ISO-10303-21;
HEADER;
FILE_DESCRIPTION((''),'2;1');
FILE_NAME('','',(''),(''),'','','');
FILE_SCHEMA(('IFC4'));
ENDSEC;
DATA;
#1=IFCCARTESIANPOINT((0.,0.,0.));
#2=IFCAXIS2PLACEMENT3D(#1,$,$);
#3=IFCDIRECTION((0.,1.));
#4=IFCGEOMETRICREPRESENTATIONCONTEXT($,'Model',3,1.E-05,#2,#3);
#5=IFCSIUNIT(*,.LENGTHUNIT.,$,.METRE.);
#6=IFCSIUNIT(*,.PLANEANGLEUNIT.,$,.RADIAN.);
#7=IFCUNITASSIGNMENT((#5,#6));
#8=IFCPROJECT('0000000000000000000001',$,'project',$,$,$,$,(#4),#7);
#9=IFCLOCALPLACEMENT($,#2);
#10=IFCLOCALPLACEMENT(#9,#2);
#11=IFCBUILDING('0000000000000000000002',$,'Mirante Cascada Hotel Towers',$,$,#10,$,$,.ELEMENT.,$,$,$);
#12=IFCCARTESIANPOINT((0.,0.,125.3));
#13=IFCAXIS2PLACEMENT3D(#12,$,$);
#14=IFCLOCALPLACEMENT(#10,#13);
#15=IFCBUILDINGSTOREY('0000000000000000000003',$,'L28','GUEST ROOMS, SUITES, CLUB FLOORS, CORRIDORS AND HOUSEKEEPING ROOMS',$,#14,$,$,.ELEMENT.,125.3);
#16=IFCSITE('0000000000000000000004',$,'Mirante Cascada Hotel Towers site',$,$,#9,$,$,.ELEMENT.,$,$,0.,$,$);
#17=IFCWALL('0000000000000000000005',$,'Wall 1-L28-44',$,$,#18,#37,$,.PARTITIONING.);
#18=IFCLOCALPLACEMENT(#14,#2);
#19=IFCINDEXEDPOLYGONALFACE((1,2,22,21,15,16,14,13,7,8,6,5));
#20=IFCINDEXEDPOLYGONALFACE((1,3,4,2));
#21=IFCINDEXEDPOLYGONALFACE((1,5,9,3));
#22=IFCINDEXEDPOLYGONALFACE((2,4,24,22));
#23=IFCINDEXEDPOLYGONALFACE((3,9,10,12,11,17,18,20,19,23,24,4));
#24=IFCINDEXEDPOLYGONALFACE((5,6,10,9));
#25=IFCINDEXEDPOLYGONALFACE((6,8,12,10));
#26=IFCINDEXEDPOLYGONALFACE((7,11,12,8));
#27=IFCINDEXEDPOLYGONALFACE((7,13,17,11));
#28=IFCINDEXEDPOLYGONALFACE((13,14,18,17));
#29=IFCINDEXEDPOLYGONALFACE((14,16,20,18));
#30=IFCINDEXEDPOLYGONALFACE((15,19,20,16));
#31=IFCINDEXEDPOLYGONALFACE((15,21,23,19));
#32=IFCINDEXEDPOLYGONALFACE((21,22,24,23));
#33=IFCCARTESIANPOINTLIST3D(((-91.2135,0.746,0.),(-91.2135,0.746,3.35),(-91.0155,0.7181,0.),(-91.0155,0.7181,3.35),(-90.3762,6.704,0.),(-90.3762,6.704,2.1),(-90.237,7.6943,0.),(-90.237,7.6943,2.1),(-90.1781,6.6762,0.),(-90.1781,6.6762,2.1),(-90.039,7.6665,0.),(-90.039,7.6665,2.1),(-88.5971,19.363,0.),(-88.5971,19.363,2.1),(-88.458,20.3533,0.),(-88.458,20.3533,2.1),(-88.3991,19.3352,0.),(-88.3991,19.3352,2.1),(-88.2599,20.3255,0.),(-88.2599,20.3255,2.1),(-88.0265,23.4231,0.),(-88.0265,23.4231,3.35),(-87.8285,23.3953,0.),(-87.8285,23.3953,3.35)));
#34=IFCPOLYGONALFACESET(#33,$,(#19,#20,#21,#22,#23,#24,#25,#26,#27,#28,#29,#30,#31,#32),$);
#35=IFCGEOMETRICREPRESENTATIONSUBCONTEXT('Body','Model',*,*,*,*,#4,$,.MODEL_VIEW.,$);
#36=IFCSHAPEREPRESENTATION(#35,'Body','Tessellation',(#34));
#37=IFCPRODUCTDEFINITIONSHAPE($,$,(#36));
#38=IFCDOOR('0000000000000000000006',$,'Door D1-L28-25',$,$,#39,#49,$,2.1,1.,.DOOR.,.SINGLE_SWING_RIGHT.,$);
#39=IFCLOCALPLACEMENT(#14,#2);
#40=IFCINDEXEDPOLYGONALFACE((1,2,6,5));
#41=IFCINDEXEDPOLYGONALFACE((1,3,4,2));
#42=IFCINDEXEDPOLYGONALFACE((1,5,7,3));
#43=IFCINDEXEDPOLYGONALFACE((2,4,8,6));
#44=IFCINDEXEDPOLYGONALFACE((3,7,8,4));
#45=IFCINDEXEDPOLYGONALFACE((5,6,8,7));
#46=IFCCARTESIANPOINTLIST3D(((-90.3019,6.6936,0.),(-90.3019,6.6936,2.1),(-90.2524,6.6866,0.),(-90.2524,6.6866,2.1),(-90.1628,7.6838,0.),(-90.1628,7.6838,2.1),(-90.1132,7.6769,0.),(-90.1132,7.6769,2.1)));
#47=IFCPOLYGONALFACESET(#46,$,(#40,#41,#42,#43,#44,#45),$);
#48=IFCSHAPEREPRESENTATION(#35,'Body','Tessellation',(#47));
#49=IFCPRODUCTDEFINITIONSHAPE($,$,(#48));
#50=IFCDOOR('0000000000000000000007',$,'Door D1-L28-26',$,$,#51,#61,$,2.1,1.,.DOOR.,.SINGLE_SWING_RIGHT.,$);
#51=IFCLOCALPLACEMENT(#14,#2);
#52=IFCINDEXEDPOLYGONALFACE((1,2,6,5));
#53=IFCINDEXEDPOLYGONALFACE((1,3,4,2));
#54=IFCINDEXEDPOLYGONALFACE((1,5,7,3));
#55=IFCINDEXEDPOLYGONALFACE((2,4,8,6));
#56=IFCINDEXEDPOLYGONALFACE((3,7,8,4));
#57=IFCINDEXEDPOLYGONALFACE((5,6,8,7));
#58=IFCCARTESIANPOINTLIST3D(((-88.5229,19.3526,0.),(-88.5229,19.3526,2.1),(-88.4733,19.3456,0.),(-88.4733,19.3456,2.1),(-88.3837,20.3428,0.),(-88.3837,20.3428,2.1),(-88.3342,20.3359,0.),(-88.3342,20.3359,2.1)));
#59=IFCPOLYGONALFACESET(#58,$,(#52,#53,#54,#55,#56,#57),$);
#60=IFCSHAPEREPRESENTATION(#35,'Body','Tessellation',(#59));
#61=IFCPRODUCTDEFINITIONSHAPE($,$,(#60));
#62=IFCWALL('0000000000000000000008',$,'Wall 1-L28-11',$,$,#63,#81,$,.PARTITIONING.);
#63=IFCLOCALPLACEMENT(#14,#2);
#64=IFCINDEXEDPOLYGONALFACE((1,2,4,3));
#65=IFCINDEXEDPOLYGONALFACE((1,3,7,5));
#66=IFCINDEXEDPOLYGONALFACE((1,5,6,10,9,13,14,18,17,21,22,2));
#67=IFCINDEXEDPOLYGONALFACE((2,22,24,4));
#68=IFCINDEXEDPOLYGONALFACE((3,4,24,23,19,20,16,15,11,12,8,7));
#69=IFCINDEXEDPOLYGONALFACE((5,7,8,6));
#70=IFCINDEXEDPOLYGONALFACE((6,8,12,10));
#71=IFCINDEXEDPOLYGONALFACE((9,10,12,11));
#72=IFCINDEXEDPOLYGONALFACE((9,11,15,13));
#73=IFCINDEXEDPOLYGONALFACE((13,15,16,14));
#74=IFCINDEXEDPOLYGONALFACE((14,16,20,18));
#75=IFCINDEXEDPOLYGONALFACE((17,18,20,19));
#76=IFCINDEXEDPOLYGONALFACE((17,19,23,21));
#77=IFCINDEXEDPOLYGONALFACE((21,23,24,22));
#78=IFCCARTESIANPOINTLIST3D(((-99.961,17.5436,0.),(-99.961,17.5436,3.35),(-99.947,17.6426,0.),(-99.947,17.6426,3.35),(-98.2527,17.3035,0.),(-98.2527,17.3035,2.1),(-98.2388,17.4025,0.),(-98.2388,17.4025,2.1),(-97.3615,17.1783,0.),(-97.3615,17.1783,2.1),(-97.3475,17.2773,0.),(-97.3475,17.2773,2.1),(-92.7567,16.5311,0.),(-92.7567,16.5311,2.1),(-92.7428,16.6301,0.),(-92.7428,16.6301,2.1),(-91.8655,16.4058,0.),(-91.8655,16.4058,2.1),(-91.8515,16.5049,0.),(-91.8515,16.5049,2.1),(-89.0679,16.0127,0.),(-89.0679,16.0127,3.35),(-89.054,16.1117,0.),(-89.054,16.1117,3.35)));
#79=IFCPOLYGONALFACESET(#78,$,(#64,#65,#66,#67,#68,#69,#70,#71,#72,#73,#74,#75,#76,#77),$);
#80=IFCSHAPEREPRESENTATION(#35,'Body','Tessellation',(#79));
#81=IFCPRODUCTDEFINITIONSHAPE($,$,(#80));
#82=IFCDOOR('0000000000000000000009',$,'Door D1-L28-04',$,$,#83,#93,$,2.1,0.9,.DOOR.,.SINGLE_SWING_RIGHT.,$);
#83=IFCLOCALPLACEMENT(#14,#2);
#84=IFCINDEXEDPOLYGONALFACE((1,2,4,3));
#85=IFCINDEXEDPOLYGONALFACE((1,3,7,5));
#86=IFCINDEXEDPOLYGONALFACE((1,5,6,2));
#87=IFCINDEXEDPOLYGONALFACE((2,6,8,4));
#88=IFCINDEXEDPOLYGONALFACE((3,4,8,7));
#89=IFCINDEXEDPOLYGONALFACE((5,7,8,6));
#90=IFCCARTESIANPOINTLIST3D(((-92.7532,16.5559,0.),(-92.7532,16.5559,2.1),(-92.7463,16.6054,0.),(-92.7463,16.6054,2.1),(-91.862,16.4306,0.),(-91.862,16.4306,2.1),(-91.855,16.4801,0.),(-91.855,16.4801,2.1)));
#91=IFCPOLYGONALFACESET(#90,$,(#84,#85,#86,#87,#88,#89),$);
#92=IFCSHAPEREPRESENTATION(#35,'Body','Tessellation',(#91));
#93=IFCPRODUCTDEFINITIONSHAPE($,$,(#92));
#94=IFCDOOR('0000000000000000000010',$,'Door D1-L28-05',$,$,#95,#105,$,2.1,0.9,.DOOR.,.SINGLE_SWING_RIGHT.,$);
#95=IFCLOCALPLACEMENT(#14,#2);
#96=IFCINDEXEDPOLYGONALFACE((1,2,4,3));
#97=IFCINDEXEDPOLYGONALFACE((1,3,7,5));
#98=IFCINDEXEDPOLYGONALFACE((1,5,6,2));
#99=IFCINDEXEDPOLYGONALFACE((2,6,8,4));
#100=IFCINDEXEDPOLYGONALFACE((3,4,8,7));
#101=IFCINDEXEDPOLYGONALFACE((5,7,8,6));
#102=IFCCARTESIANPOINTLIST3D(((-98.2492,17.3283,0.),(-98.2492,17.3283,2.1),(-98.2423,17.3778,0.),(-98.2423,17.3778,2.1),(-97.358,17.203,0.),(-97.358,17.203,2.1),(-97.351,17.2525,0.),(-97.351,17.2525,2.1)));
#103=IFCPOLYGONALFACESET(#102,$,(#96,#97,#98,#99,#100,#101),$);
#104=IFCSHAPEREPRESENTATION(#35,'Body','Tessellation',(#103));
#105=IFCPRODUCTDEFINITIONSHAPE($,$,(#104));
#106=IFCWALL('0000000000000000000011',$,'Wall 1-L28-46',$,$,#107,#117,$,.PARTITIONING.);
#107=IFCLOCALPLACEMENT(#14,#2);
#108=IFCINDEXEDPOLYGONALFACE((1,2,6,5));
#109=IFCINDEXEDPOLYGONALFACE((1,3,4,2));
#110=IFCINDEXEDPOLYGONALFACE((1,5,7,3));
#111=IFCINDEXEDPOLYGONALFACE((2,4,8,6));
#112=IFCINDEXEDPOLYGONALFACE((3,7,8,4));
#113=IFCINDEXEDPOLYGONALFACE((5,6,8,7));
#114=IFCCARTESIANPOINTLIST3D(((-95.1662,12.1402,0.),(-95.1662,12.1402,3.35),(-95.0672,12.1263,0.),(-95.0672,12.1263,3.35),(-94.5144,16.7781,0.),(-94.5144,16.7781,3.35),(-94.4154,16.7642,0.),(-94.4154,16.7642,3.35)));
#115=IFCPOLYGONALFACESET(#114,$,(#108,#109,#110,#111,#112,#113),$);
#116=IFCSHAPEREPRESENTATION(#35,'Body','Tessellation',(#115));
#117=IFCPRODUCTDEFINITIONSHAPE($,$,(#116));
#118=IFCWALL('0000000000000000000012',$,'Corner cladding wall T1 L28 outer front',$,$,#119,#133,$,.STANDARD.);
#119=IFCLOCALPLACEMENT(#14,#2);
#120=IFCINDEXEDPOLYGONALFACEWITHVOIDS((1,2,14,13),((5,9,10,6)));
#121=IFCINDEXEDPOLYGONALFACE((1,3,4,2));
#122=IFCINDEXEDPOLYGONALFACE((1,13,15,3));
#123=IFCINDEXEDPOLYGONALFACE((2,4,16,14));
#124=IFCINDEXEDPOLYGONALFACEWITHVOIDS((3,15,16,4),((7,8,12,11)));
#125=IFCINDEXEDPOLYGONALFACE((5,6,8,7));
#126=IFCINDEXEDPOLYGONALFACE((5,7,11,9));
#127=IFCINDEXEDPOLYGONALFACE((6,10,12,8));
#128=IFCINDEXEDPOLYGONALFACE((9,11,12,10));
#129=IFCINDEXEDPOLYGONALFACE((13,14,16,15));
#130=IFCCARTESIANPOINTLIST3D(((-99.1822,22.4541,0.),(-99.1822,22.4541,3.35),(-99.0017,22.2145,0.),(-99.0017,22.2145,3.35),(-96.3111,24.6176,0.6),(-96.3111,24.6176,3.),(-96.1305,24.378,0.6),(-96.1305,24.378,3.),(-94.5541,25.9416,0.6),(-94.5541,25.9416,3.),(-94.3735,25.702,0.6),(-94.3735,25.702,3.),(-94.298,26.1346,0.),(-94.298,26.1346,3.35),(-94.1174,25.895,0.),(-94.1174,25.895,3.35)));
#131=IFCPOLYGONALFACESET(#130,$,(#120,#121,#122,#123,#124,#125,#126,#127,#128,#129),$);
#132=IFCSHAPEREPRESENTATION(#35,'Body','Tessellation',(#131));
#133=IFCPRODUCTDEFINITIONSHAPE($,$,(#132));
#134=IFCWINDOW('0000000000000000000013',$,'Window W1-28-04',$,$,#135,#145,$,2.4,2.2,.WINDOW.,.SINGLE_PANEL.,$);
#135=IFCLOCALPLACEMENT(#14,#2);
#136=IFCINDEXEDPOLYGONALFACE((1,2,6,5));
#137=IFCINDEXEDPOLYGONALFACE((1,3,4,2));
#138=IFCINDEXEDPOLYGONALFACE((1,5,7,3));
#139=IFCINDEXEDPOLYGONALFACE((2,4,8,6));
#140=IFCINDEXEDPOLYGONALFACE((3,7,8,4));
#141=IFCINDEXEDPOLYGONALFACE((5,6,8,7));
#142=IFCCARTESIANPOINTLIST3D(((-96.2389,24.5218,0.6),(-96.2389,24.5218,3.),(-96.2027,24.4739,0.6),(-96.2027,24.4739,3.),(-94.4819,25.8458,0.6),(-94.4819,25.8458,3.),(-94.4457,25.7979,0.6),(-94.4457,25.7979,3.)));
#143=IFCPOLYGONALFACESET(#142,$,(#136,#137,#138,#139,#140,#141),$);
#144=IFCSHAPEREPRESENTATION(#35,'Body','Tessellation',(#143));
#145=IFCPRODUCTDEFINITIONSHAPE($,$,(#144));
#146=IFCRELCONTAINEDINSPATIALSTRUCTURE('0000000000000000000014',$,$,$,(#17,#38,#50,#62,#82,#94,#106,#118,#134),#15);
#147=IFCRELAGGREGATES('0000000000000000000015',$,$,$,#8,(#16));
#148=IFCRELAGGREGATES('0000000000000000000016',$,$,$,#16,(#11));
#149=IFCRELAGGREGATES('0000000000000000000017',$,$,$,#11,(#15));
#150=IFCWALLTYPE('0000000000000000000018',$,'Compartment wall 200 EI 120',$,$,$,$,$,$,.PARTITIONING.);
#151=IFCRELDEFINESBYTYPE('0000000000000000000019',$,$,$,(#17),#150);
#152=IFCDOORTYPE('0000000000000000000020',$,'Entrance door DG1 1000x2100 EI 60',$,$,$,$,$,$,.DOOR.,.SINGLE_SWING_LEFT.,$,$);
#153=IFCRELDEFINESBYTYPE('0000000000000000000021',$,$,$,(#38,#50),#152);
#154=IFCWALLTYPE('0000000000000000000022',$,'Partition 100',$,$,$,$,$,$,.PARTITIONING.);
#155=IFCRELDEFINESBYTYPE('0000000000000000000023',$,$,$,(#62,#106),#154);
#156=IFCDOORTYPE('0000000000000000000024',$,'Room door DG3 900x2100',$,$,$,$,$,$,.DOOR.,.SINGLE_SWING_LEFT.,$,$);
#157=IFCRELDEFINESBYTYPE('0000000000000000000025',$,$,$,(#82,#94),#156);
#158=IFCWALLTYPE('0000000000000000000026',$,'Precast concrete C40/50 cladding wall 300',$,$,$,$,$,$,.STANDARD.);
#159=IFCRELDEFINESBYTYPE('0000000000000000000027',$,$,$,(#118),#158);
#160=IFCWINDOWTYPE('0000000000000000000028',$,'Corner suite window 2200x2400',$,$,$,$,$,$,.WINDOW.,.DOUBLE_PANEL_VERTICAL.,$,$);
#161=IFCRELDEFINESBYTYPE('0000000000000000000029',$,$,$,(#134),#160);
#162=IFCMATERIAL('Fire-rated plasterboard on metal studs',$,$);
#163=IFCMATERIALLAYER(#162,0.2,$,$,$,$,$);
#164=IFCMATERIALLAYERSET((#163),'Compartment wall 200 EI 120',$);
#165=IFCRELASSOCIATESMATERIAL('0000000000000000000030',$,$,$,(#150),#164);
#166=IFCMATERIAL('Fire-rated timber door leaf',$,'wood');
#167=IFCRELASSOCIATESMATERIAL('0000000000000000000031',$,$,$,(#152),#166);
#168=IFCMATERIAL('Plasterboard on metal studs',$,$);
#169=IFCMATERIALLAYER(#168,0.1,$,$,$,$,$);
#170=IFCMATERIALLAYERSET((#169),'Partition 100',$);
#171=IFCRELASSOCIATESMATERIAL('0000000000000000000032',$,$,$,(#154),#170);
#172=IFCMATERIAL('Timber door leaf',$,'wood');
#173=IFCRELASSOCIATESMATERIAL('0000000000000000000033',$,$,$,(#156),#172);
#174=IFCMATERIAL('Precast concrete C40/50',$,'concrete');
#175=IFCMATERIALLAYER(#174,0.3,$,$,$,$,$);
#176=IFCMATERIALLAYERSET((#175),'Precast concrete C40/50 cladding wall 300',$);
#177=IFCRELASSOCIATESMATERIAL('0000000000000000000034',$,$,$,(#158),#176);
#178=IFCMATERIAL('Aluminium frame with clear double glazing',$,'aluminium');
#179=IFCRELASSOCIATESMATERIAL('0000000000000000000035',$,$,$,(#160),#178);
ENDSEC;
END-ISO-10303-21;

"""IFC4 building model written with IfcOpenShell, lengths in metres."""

from ifc_helpers import new_model, si_unit, direction, frame, frame_2d, origin, place, context, subcontext, project, spatial, rectangle, extrude, material, layer, layer_set, type_object, element, fill, save


model = new_model("IFC4")

# Units and contexts
model_context = context("Model", 3, precision=1e-05, world=origin(), true_north=direction((0.0, 1.0)))
body_context = subcontext(model_context, "Body", "Model", "MODEL_VIEW")
ifc_project = project(units=[si_unit("LENGTHUNIT", "METRE"), si_unit("PLANEANGLEUNIT", "RADIAN")], contexts=[model_context])

# Site, building, storey
site_placement = place(None, origin())
site = spatial("IfcSite", under=ifc_project, at=site_placement, Name="Mirante Cascada Hotel Towers site", CompositionType="ELEMENT", RefElevation=0.0)
building_placement = place(site_placement, origin())
building = spatial("IfcBuilding", under=site, at=building_placement, Name="Mirante Cascada Hotel Towers", CompositionType="ELEMENT")
storey_placement = place(building_placement, frame((0.0, 0.0, 125.3)))
storey = spatial("IfcBuildingStorey", under=building, at=storey_placement, Name="L28", Description="GUEST ROOMS, SUITES, CLUB FLOORS, CORRIDORS AND HOUSEKEEPING ROOMS", CompositionType="ELEMENT", Elevation=125.3)

# Shared definitions
ifc_material_1 = material(Name="Fire-rated plasterboard on metal studs")
ifc_layer_1 = layer(ifc_material_1, 0.2)
ifc_layer_set_1 = layer_set([ifc_layer_1], Name="Compartment wall 200 EI 120")
wall_type_1 = type_object("IfcWallType", Name="Compartment wall 200 EI 120", PredefinedType="PARTITIONING", material=ifc_layer_set_1)
ifc_material_2 = material(Name="Fire-rated timber door leaf", Category="wood")
door_type_1 = type_object("IfcDoorType", Name="Entrance door DG1 1000x2100 EI 60", OperationType="SINGLE_SWING_LEFT", PredefinedType="DOOR", material=ifc_material_2)

# Walls, openings, doors
wall_1_placement = place(storey_placement, frame((-87.9275, 23.4092, 0.0), z_axis=(0.0, 0.0, 1.0), x_axis=(-0.139171, -0.990268, 0.0)))
wall_1 = element("IfcWall", 1, at=wall_1_placement, inside=storey, type_object=wall_type_1, Name="Wall 1-L28-44", PredefinedType="PARTITIONING", context=body_context, shape_type="SweptSolid", body=[
    extrude(rectangle(XDim=22.9, YDim=0.2, at=frame_2d((11.45, 0.0))), origin(), (0.0, 0.0, 1.0), 3.35),
])
opening_1_placement = place(wall_1_placement, frame((15.8834, 0.0, 0.0)))
opening_1 = element("IfcOpeningElement", 2, at=opening_1_placement, cuts=wall_1, PredefinedType="OPENING", context=body_context, shape_type="SweptSolid", body=[
    extrude(rectangle(XDim=1.0, YDim=2.1, at=frame_2d((0.5, 1.05))), frame((0.0, 0.1, 0.0), z_axis=(0.0, -1.0, 0.0), x_axis=(1.0, 0.0, 0.0)), (0.0, 0.0, 1.0), 0.2),
])
opening_2_placement = place(wall_1_placement, frame((3.1, 0.0, 0.0)))
opening_2 = element("IfcOpeningElement", 3, at=opening_2_placement, cuts=wall_1, PredefinedType="OPENING", context=body_context, shape_type="SweptSolid", body=[
    extrude(rectangle(XDim=1.0, YDim=2.1, at=frame_2d((0.5, 1.05))), frame((0.0, 0.1, 0.0), z_axis=(0.0, -1.0, 0.0), x_axis=(1.0, 0.0, 0.0)), (0.0, 0.0, 1.0), 0.2),
])
door_1_placement = place(opening_1_placement, frame((1.0, 0.0, 0.0), z_axis=(0.0, 0.0, 1.0), x_axis=(-1.0, 0.0, 0.0)))
door_1 = element("IfcDoor", 4, at=door_1_placement, inside=storey, type_object=door_type_1, Name="Door D1-L28-25", OperationType="SINGLE_SWING_RIGHT", OverallHeight=2.1, OverallWidth=1.0, PredefinedType="DOOR", context=body_context, shape_type="SweptSolid", body=[
    extrude(rectangle(XDim=1.0, YDim=2.1, at=frame_2d((0.5, 1.05))), frame((0.0, 0.025, 0.0), z_axis=(0.0, -1.0, 0.0), x_axis=(1.0, 0.0, 0.0)), (0.0, 0.0, 1.0), 0.05),
])
fill(opening_1, door_1)
door_2_placement = place(opening_2_placement, frame((1.0, 0.0, 0.0), z_axis=(0.0, 0.0, 1.0), x_axis=(-1.0, 0.0, 0.0)))
door_2 = element("IfcDoor", 5, at=door_2_placement, inside=storey, type_object=door_type_1, Name="Door D1-L28-26", OperationType="SINGLE_SWING_RIGHT", OverallHeight=2.1, OverallWidth=1.0, PredefinedType="DOOR", context=body_context, shape_type="SweptSolid", body=[
    extrude(rectangle(XDim=1.0, YDim=2.1, at=frame_2d((0.5, 1.05))), frame((0.0, 0.025, 0.0), z_axis=(0.0, -1.0, 0.0), x_axis=(1.0, 0.0, 0.0)), (0.0, 0.0, 1.0), 0.05),
])
fill(opening_2, door_2)
ifc_material_3 = material(Name="Plasterboard on metal studs")
ifc_layer_2 = layer(ifc_material_3, 0.1)
ifc_layer_set_2 = layer_set([ifc_layer_2], Name="Partition 100")
wall_type_2 = type_object("IfcWallType", Name="Partition 100", PredefinedType="PARTITIONING", material=ifc_layer_set_2)
wall_2_placement = place(storey_placement, frame((-89.061, 16.0622, 0.0), z_axis=(0.0, 0.0, 1.0), x_axis=(-0.990268, 0.139172, 0.0)))
wall_2 = element("IfcWall", 6, at=wall_2_placement, inside=storey, type_object=wall_type_2, Name="Wall 1-L28-11", PredefinedType="PARTITIONING", context=body_context, shape_type="SweptSolid", body=[
    extrude(rectangle(XDim=11.0001, YDim=0.1, at=frame_2d((5.5, 0.0))), origin(), (0.0, 0.0, 1.0), 3.35),
])
opening_3_placement = place(wall_2_placement, frame((2.825, 0.0, 0.0)))
opening_3 = element("IfcOpeningElement", 7, at=opening_3_placement, cuts=wall_2, PredefinedType="OPENING", context=body_context, shape_type="SweptSolid", body=[
    extrude(rectangle(XDim=0.9, YDim=2.1, at=frame_2d((0.45, 1.05))), frame((0.0, 0.05, 0.0), z_axis=(0.0, -1.0, 0.0), x_axis=(1.0, 0.0, 0.0)), (0.0, 0.0, 1.0), 0.1),
])
opening_4_placement = place(wall_2_placement, frame((8.375, 0.0, 0.0)))
opening_4 = element("IfcOpeningElement", 8, at=opening_4_placement, cuts=wall_2, PredefinedType="OPENING", context=body_context, shape_type="SweptSolid", body=[
    extrude(rectangle(XDim=0.9, YDim=2.1, at=frame_2d((0.45, 1.05))), frame((0.0, 0.05, 0.0), z_axis=(0.0, -1.0, 0.0), x_axis=(1.0, 0.0, 0.0)), (0.0, 0.0, 1.0), 0.1),
])
ifc_material_4 = material(Name="Timber door leaf", Category="wood")
door_type_2 = type_object("IfcDoorType", Name="Room door DG3 900x2100", OperationType="SINGLE_SWING_LEFT", PredefinedType="DOOR", material=ifc_material_4)
door_3_placement = place(opening_3_placement, frame((0.9, 0.0, 0.0), z_axis=(0.0, 0.0, 1.0), x_axis=(-1.0, 0.0, 0.0)))
door_3 = element("IfcDoor", 9, at=door_3_placement, inside=storey, type_object=door_type_2, Name="Door D1-L28-04", OperationType="SINGLE_SWING_RIGHT", OverallHeight=2.1, OverallWidth=0.9, PredefinedType="DOOR", context=body_context, shape_type="SweptSolid", body=[
    extrude(rectangle(XDim=0.9, YDim=2.1, at=frame_2d((0.45, 1.05))), frame((0.0, 0.025, 0.0), z_axis=(0.0, -1.0, 0.0), x_axis=(1.0, 0.0, 0.0)), (0.0, 0.0, 1.0), 0.05),
])
fill(opening_3, door_3)
door_4_placement = place(opening_4_placement, frame((0.9, 0.0, 0.0), z_axis=(0.0, 0.0, 1.0), x_axis=(-1.0, 0.0, 0.0)))
door_4 = element("IfcDoor", 10, at=door_4_placement, inside=storey, type_object=door_type_2, Name="Door D1-L28-05", OperationType="SINGLE_SWING_RIGHT", OverallHeight=2.1, OverallWidth=0.9, PredefinedType="DOOR", context=body_context, shape_type="SweptSolid", body=[
    extrude(rectangle(XDim=0.9, YDim=2.1, at=frame_2d((0.45, 1.05))), frame((0.0, 0.025, 0.0), z_axis=(0.0, -1.0, 0.0), x_axis=(1.0, 0.0, 0.0)), (0.0, 0.0, 1.0), 0.05),
])
fill(opening_4, door_4)

# Wall
wall_3_placement = place(storey_placement, frame((-94.4649, 16.7712, 0.0), z_axis=(0.0, 0.0, 1.0), x_axis=(-0.13917, -0.990268, 0.0)))
element("IfcWall", 11, at=wall_3_placement, inside=storey, type_object=wall_type_2, Name="Wall 1-L28-46", PredefinedType="PARTITIONING", context=body_context, shape_type="SweptSolid", body=[
    extrude(rectangle(XDim=4.6835, YDim=0.1, at=frame_2d((2.3418, 0.0))), origin(), (0.0, 0.0, 1.0), 3.35),
])

# Wall, opening, window
ifc_material_5 = material(Name="Precast concrete C40/50", Category="concrete")
ifc_layer_3 = layer(ifc_material_5, 0.3)
ifc_layer_set_3 = layer_set([ifc_layer_3], Name="Precast concrete C40/50 cladding wall 300")
wall_type_3 = type_object("IfcWallType", Name="Precast concrete C40/50 cladding wall 300", PredefinedType="STANDARD", material=ifc_layer_set_3)
wall_4_placement = place(storey_placement, frame((-99.0919, 22.3343, 0.0), z_axis=(0.0, 0.0, 1.0), x_axis=(0.798636, 0.601814, 0.0)))
wall_4 = element("IfcWall", 12, at=wall_4_placement, inside=storey, type_object=wall_type_3, Name="Corner cladding wall T1 L28 outer front", PredefinedType="STANDARD", context=body_context, shape_type="SweptSolid", body=[
    extrude(rectangle(XDim=6.1157, YDim=0.3, at=frame_2d((3.0578, 0.0))), origin(), (0.0, 0.0, 1.0), 3.35),
])
opening_5_placement = place(wall_4_placement, frame((3.595, 0.0, 0.6)))
opening_5 = element("IfcOpeningElement", 13, at=opening_5_placement, cuts=wall_4, PredefinedType="OPENING", context=body_context, shape_type="SweptSolid", body=[
    extrude(rectangle(XDim=2.2, YDim=2.4, at=frame_2d((1.1, 1.2))), frame((0.0, 0.15, 0.0), z_axis=(0.0, -1.0, 0.0), x_axis=(1.0, 0.0, 0.0)), (0.0, 0.0, 1.0), 0.3),
])
ifc_material_6 = material(Name="Aluminium frame with clear double glazing", Category="aluminium")
window_type = type_object("IfcWindowType", Name="Corner suite window 2200x2400", PartitioningType="DOUBLE_PANEL_VERTICAL", PredefinedType="WINDOW", material=ifc_material_6)
window_placement = place(opening_5_placement, origin())
window = element("IfcWindow", 14, at=window_placement, inside=storey, type_object=window_type, Name="Window W1-28-04", OverallHeight=2.4, OverallWidth=2.2, PartitioningType="SINGLE_PANEL", PredefinedType="WINDOW", context=body_context, shape_type="SweptSolid", body=[
    extrude(rectangle(XDim=2.2, YDim=2.4, at=frame_2d((1.1, 1.2))), frame((0.0, 0.03, 0.0), z_axis=(0.0, -1.0, 0.0), x_axis=(1.0, 0.0, 0.0)), (0.0, 0.0, 1.0), 0.06),
])
fill(opening_5, window)

save(model, "model.ifc")
